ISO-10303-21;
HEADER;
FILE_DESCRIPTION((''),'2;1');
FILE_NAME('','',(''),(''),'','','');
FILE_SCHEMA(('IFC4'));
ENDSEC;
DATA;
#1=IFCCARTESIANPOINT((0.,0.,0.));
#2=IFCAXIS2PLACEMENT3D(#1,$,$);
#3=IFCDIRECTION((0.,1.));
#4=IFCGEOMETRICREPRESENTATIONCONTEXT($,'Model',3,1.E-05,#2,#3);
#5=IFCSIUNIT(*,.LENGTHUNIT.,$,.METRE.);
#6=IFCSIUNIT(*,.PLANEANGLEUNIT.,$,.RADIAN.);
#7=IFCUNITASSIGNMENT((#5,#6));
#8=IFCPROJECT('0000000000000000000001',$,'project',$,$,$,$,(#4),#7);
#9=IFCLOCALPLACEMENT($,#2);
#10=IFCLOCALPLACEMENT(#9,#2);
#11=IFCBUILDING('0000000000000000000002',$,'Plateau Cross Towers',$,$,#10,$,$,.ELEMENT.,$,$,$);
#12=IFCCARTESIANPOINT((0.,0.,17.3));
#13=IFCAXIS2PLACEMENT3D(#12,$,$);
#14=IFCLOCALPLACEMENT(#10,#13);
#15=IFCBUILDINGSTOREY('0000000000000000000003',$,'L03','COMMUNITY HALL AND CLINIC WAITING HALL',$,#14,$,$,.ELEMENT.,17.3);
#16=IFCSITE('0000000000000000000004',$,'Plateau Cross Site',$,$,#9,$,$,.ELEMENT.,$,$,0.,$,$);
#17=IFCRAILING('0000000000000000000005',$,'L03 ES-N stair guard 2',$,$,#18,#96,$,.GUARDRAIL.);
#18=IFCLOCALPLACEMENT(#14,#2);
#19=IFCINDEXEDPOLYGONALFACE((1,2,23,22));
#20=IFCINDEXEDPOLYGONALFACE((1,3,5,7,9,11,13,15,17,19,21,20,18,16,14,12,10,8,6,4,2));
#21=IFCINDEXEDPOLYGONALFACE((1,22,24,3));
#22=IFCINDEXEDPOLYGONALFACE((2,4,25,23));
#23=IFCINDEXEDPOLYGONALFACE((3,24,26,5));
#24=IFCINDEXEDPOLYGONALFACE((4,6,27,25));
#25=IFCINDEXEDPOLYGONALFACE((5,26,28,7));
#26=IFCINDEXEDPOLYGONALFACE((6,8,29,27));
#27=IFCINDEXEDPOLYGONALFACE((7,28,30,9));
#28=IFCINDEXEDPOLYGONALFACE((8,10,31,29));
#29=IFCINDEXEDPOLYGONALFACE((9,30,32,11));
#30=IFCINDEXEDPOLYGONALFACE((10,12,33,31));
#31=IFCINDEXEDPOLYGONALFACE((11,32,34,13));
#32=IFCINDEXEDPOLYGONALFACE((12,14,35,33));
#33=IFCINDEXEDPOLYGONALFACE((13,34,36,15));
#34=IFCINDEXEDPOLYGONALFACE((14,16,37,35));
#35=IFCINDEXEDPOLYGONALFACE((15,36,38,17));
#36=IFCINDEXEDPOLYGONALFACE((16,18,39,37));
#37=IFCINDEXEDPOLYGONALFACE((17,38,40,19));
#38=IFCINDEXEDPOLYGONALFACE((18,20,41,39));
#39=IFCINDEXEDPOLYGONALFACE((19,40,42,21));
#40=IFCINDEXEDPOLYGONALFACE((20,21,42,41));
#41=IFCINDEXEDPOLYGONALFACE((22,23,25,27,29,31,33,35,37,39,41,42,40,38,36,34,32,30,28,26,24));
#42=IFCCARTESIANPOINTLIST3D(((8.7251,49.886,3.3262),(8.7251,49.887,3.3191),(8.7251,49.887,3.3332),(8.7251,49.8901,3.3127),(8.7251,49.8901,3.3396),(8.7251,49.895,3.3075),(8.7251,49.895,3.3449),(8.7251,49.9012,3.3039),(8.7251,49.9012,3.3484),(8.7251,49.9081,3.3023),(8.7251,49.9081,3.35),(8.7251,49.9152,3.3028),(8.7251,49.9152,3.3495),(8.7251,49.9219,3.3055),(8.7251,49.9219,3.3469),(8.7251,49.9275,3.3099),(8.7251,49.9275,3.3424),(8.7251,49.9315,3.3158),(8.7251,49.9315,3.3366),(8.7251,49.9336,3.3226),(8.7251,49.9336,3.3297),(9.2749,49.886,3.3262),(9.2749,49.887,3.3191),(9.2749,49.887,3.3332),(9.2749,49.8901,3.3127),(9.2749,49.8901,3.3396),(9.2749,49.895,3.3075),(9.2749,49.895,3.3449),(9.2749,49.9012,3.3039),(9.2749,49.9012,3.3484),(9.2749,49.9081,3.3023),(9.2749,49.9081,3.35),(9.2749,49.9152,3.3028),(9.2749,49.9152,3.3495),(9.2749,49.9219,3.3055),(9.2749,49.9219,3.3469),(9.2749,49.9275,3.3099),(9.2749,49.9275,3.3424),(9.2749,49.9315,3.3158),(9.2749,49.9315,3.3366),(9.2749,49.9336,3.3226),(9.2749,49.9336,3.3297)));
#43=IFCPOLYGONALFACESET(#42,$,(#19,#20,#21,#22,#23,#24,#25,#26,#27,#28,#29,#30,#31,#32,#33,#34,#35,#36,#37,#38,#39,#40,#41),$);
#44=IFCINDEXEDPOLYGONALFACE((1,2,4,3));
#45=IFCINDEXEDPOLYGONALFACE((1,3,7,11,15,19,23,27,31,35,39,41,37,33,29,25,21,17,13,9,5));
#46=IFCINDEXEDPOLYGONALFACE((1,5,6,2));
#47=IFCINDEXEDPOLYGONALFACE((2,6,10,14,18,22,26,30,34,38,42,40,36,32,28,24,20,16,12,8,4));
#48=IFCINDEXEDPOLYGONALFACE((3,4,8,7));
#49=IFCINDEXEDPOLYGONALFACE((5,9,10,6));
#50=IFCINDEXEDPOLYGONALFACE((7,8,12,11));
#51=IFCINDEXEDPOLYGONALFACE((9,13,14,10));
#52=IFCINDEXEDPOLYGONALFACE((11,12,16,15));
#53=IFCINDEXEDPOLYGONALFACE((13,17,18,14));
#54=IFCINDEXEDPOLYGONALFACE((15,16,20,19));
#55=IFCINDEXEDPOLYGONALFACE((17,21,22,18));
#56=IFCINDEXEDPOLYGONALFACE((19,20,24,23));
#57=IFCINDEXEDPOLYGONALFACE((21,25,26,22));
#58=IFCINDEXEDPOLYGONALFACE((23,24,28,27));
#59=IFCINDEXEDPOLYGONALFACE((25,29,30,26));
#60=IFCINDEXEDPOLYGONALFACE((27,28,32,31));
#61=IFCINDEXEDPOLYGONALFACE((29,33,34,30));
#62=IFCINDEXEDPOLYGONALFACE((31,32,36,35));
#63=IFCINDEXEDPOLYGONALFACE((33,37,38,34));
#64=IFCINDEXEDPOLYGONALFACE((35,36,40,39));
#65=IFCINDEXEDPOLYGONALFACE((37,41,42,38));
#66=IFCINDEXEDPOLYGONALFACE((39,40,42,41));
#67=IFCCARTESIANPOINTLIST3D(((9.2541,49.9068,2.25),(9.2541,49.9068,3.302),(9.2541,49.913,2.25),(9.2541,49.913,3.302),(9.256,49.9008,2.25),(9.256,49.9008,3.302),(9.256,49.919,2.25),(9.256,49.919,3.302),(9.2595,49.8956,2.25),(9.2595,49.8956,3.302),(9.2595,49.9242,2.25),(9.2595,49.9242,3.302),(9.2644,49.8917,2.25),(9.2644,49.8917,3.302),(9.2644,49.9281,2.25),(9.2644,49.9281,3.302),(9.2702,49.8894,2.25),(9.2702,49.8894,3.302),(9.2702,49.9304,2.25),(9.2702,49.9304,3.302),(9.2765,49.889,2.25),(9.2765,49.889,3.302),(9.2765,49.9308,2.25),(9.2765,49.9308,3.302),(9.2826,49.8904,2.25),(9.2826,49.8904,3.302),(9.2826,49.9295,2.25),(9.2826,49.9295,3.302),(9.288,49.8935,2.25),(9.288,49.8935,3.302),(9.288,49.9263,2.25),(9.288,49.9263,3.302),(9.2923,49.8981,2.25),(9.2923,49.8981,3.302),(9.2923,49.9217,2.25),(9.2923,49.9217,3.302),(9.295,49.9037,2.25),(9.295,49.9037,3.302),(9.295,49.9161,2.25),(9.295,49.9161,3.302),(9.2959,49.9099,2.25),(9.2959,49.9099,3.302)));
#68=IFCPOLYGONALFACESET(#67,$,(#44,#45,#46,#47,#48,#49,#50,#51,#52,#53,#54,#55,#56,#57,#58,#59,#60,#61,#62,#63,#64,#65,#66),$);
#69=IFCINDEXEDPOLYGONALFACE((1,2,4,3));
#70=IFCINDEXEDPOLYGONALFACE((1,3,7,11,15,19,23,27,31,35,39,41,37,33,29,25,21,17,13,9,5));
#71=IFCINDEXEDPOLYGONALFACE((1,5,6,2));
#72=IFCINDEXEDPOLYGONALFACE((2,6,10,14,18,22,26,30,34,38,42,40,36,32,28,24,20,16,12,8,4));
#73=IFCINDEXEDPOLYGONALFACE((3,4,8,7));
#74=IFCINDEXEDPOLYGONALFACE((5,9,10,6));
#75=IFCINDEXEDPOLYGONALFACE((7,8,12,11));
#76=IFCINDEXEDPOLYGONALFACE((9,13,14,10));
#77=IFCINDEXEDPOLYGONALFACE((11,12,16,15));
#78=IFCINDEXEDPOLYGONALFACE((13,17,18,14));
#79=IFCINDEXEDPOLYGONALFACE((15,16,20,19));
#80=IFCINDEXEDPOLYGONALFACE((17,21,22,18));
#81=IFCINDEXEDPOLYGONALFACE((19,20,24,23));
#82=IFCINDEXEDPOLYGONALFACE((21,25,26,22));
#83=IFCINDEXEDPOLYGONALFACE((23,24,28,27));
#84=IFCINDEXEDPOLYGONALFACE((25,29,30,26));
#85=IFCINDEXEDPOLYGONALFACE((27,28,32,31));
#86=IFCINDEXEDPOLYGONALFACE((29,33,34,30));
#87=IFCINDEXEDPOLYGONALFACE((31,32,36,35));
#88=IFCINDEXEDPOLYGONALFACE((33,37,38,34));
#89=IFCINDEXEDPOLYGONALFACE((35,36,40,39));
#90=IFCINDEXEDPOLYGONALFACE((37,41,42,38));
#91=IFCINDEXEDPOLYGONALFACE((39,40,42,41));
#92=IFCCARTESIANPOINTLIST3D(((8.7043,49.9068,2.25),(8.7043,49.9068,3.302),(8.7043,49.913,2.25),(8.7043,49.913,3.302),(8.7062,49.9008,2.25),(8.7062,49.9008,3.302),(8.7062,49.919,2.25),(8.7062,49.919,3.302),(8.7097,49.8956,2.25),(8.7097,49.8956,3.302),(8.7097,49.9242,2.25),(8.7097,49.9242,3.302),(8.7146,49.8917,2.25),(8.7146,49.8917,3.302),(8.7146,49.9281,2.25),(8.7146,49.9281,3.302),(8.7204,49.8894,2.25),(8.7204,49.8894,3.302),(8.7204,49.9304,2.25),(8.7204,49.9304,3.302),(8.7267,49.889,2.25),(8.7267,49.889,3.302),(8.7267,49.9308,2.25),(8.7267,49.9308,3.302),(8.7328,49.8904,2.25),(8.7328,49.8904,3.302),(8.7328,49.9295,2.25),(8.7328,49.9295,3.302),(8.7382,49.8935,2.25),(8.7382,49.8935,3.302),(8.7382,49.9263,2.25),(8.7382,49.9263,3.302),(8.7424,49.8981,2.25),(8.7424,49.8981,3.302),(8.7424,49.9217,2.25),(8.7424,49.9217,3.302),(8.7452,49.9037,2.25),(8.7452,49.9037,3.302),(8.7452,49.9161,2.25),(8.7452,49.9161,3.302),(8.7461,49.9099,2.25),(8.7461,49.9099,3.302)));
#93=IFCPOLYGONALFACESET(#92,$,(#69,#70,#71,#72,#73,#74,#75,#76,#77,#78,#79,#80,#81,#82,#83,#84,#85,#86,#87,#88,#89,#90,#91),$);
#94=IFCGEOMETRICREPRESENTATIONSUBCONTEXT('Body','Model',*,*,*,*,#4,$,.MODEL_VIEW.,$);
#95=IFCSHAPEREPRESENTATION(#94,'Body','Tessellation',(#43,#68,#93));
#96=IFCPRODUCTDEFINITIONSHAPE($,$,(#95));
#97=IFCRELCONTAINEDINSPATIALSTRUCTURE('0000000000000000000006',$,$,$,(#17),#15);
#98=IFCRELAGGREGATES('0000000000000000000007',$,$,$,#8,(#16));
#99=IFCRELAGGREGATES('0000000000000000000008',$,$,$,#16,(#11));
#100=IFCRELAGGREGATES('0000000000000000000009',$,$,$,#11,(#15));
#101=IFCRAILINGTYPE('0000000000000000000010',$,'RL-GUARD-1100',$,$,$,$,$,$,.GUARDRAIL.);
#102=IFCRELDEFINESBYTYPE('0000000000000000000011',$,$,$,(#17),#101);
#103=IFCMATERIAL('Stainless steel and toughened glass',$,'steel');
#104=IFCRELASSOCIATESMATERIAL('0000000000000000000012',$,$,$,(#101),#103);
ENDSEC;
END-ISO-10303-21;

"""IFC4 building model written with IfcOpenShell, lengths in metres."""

from ifc_helpers import new_model, si_unit, direction, frame, origin, origin_2d, place, context, subcontext, project, spatial, circle, extrude, material, type_object, element, save


model = new_model("IFC4")

# Units and contexts
model_context = context("Model", 3, precision=1e-05, world=origin(), true_north=direction((0.0, 1.0)))
body_context = subcontext(model_context, "Body", "Model", "MODEL_VIEW")
ifc_project = project(units=[si_unit("LENGTHUNIT", "METRE"), si_unit("PLANEANGLEUNIT", "RADIAN")], contexts=[model_context])

# Site, building, storey
site_placement = place(None, origin())
site = spatial("IfcSite", under=ifc_project, at=site_placement, Name="Plateau Cross Site", CompositionType="ELEMENT", RefElevation=0.0)
building_placement = place(site_placement, origin())
building = spatial("IfcBuilding", under=site, at=building_placement, Name="Plateau Cross Towers", CompositionType="ELEMENT")
storey_placement = place(building_placement, frame((0.0, 0.0, 17.3)))
storey = spatial("IfcBuildingStorey", under=building, at=storey_placement, Name="L03", Description="COMMUNITY HALL AND CLINIC WAITING HALL", CompositionType="ELEMENT", Elevation=17.3)

# Railing
ifc_material_1 = material(Name="Stainless steel and toughened glass", Category="steel")
railing_type_1 = type_object("IfcRailingType", Name="RL-GUARD-1100", PredefinedType="GUARDRAIL", material=ifc_material_1)
railing_1_placement = place(storey_placement, frame((9.2749, 49.9099, 2.25)))
element("IfcRailing", 1, at=railing_1_placement, inside=storey, type_object=railing_type_1, Name="L03 ES-N stair guard 2", PredefinedType="GUARDRAIL", context=body_context, shape_type="SweptSolid", body=[
    extrude(circle(Radius=0.0239, at=origin_2d()), frame((0.0, 0.0, 1.0762), z_axis=(-1.0, 0.0, 0.0), x_axis=(0.0, -1.0, 0.0)), (0.0, 0.0, 1.0), 0.5498),
    extrude(circle(Radius=0.021, at=origin_2d()), origin(), (0.0, 0.0, 1.0), 1.052),
    extrude(circle(Radius=0.021, at=origin_2d()), frame((-0.5498, 0.0, 0.0)), (0.0, 0.0, 1.0), 1.052),
])

save(model, "model.ifc")
